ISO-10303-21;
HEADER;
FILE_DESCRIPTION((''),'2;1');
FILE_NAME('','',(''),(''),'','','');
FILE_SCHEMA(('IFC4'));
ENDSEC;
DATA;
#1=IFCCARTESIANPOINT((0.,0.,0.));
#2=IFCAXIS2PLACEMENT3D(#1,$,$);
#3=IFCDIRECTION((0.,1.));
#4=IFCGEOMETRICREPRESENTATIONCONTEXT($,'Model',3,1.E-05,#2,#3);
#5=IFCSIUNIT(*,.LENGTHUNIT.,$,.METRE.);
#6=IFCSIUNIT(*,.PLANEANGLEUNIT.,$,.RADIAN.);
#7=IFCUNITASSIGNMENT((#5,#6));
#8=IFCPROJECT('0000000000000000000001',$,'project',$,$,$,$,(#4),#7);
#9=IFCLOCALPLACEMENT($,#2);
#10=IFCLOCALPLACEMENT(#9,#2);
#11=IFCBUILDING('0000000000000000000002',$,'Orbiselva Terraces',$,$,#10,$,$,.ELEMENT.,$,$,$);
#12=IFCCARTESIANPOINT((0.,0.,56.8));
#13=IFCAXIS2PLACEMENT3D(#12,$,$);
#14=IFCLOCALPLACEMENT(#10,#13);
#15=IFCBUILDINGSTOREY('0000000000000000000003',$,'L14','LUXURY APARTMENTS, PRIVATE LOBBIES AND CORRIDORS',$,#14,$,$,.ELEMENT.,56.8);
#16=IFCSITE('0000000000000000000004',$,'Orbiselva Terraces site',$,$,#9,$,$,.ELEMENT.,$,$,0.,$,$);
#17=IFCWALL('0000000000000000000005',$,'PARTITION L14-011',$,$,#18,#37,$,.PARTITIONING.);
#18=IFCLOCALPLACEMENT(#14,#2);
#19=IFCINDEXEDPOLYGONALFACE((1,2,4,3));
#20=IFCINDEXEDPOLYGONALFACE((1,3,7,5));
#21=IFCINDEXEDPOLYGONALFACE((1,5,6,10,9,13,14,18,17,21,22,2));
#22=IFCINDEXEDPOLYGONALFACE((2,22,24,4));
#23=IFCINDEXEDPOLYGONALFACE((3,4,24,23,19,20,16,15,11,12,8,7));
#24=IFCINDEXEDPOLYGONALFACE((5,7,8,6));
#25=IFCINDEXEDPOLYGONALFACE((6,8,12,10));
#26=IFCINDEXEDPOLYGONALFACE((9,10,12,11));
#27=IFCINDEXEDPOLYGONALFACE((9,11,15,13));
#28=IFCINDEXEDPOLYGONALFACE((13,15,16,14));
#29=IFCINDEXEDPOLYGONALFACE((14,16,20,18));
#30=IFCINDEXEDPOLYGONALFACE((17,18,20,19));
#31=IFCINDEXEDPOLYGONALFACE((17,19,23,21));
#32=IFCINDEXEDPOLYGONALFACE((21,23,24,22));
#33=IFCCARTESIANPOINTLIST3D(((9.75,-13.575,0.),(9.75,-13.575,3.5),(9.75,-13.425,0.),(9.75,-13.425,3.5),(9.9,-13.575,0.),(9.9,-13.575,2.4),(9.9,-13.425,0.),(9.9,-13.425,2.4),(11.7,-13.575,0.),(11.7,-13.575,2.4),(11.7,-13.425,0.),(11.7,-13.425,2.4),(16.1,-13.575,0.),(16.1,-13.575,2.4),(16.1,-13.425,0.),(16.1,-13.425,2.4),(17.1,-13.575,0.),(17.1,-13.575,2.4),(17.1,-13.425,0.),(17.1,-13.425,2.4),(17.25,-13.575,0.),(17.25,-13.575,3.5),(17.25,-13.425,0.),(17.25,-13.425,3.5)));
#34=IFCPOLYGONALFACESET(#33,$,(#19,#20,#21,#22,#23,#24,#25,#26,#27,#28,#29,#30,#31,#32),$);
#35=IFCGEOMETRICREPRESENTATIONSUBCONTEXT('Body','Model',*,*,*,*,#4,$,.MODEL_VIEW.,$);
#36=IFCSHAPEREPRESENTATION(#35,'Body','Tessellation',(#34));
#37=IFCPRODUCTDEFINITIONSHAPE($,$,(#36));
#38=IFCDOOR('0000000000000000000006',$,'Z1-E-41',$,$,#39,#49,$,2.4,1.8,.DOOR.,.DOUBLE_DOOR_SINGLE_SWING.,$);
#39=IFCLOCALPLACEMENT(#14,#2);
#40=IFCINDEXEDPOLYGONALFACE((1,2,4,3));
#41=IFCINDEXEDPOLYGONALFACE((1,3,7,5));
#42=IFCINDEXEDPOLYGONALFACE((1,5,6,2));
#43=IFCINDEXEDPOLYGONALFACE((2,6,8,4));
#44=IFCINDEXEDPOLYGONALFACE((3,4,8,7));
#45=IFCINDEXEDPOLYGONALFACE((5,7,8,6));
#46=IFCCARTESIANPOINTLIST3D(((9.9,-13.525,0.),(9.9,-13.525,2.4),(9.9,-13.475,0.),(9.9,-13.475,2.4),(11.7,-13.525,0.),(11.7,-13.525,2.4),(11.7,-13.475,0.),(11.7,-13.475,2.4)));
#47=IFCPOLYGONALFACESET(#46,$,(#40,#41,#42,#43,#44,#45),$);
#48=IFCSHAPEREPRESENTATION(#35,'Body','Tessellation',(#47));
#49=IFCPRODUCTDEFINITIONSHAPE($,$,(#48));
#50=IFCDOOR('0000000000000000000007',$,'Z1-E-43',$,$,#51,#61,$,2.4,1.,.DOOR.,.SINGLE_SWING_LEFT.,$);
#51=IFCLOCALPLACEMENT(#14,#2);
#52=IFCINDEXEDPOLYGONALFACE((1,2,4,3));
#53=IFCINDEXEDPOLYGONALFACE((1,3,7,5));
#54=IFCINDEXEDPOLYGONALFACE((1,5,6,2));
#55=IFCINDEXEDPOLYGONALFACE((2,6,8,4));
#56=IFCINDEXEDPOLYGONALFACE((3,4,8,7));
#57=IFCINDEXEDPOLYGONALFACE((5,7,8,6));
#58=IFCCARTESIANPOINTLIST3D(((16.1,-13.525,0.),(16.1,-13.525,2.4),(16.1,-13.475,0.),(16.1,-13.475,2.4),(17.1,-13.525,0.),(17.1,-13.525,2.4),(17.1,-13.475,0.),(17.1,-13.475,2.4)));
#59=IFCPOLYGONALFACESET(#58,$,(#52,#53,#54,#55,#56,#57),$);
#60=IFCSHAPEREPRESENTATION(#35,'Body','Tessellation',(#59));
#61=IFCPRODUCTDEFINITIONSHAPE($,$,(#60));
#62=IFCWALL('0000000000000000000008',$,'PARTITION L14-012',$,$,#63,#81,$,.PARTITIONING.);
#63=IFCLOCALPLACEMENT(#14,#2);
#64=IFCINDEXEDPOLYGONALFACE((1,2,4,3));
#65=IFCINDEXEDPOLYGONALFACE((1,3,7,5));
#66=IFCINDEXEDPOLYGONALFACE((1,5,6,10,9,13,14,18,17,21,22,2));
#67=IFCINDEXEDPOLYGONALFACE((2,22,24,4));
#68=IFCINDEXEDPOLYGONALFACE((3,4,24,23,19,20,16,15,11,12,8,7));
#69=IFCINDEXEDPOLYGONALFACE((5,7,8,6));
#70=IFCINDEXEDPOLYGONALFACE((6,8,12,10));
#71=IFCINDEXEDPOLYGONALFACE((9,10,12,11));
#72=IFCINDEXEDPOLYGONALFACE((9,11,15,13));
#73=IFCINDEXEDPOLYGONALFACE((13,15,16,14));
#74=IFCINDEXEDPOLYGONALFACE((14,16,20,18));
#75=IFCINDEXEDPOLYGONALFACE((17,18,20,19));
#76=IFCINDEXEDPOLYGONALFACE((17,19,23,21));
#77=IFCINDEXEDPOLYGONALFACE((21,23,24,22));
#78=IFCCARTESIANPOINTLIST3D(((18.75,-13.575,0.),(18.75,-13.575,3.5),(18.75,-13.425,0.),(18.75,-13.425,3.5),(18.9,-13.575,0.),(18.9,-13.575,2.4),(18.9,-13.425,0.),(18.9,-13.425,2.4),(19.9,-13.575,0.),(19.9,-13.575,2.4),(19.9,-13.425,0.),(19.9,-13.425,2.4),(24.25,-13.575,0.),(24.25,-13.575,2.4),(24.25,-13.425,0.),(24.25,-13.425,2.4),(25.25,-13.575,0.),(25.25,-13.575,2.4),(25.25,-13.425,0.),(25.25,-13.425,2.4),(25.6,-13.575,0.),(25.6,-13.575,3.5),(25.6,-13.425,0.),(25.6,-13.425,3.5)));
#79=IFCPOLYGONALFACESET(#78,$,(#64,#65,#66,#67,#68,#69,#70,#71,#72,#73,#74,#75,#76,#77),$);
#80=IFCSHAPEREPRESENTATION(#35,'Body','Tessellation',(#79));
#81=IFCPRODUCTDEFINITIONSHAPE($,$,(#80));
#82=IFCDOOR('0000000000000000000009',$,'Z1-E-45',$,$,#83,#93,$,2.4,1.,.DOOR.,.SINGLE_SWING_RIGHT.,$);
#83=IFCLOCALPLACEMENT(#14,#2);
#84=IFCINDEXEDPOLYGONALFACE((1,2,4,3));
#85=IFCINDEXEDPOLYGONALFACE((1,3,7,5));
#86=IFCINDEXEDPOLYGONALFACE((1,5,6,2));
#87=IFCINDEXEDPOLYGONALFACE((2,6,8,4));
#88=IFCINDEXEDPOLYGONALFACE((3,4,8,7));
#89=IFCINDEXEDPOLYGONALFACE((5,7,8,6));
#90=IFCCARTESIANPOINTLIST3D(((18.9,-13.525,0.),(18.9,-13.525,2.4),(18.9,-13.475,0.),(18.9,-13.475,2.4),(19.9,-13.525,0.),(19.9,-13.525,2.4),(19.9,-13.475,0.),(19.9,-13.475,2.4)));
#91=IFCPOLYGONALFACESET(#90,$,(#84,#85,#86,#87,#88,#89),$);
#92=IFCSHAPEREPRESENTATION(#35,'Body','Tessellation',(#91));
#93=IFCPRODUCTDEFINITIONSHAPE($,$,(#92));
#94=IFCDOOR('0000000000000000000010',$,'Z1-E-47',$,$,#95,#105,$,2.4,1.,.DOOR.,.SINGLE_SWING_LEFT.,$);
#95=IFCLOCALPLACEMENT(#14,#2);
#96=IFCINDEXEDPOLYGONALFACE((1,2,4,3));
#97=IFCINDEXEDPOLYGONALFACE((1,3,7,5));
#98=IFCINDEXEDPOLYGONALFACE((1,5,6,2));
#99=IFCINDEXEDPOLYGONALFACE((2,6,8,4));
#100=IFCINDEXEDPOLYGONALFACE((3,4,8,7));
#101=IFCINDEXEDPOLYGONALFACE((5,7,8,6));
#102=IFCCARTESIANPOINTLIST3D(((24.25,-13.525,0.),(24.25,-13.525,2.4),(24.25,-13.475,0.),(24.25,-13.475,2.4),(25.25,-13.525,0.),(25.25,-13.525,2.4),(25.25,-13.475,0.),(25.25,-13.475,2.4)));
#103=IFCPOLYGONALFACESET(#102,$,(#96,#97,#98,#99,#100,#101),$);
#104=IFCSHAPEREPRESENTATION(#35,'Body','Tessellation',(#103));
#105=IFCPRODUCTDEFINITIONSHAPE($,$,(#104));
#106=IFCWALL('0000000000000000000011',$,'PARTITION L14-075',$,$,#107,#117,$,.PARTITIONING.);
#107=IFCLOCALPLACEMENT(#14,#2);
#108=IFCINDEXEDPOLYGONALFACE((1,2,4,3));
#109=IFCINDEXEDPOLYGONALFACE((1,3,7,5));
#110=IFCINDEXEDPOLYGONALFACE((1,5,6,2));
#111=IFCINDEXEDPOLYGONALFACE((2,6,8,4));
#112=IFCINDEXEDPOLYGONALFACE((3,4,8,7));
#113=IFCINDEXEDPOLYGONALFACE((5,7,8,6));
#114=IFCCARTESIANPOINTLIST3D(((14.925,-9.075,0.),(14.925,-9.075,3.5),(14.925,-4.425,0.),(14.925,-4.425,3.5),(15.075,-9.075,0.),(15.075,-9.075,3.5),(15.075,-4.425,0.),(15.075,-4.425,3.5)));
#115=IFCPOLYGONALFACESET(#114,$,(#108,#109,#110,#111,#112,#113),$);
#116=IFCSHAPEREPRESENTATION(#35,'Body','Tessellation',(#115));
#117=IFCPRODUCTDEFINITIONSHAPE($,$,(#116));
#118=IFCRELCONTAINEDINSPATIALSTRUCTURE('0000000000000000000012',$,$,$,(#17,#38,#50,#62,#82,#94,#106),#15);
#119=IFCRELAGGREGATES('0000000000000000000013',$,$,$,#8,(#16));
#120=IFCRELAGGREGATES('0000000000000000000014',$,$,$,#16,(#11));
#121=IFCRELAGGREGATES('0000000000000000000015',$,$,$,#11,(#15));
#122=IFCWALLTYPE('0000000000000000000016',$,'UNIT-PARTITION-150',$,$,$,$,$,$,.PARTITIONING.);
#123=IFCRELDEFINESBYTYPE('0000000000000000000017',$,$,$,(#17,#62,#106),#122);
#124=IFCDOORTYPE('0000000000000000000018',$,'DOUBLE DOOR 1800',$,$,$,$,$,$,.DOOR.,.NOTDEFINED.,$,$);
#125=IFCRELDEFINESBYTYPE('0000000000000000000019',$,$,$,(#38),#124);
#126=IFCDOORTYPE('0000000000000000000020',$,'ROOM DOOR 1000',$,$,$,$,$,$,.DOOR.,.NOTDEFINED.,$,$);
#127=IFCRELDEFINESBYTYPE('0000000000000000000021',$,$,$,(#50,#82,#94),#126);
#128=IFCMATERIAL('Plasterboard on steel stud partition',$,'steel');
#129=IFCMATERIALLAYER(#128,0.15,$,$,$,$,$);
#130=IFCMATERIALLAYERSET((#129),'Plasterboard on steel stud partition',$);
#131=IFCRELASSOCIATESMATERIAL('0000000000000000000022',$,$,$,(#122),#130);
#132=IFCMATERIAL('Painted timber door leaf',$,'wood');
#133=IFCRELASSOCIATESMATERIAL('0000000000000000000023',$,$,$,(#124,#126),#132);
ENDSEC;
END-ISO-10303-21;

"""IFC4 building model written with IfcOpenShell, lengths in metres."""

from ifc_helpers import new_model, si_unit, direction, frame, frame_2d, origin, place, context, subcontext, project, spatial, rectangle, extrude, material, layer, layer_set, type_object, element, fill, save


model = new_model("IFC4")

# Units and contexts
model_context = context("Model", 3, precision=1e-05, world=origin(), true_north=direction((0.0, 1.0)))
body_context = subcontext(model_context, "Body", "Model", "MODEL_VIEW")
ifc_project = project(units=[si_unit("LENGTHUNIT", "METRE"), si_unit("PLANEANGLEUNIT", "RADIAN")], contexts=[model_context])

# Site, building, storey
site_placement = place(None, origin())
site = spatial("IfcSite", under=ifc_project, at=site_placement, Name="Orbiselva Terraces site", CompositionType="ELEMENT", RefElevation=0.0)
building_placement = place(site_placement, origin())
building = spatial("IfcBuilding", under=site, at=building_placement, Name="Orbiselva Terraces", CompositionType="ELEMENT")
storey_placement = place(building_placement, frame((0.0, 0.0, 56.8)))
storey = spatial("IfcBuildingStorey", under=building, at=storey_placement, Name="L14", Description="LUXURY APARTMENTS, PRIVATE LOBBIES AND CORRIDORS", CompositionType="ELEMENT", Elevation=56.8)

# Shared definitions
ifc_material_1 = material(Name="Plasterboard on steel stud partition", Category="steel")
ifc_layer_1 = layer(ifc_material_1, 0.15)
ifc_layer_set_1 = layer_set([ifc_layer_1], Name="Plasterboard on steel stud partition")
wall_type_1 = type_object("IfcWallType", Name="UNIT-PARTITION-150", PredefinedType="PARTITIONING", material=ifc_layer_set_1)
ifc_material_2 = material(Name="Painted timber door leaf", Category="wood")

# Walls, openings, doors
wall_1_placement = place(storey_placement, frame((17.25, -13.5, 0.0), z_axis=(0.0, 0.0, 1.0), x_axis=(-1.0, 0.0, 0.0)))
wall_1 = element("IfcWall", 1, at=wall_1_placement, inside=storey, type_object=wall_type_1, Name="PARTITION L14-011", PredefinedType="PARTITIONING", context=body_context, shape_type="SweptSolid", body=[
    extrude(rectangle(XDim=7.5, YDim=0.15, at=frame_2d((3.75, 0.0))), origin(), (0.0, 0.0, 1.0), 3.5),
])
opening_1_placement = place(wall_1_placement, frame((5.55, 0.0, 0.0)))
opening_1 = element("IfcOpeningElement", 2, at=opening_1_placement, cuts=wall_1, PredefinedType="OPENING", context=body_context, shape_type="SweptSolid", body=[
    extrude(rectangle(XDim=1.8, YDim=2.4, at=frame_2d((0.9, 1.2))), frame((0.0, 0.085, 0.0), z_axis=(0.0, -1.0, 0.0), x_axis=(1.0, 0.0, 0.0)), (0.0, 0.0, 1.0), 0.17),
])
opening_2_placement = place(wall_1_placement, frame((0.15, 0.0, 0.0)))
opening_2 = element("IfcOpeningElement", 3, at=opening_2_placement, cuts=wall_1, PredefinedType="OPENING", context=body_context, shape_type="SweptSolid", body=[
    extrude(rectangle(XDim=1.0, YDim=2.4, at=frame_2d((0.5, 1.2))), frame((0.0, 0.085, 0.0), z_axis=(0.0, -1.0, 0.0), x_axis=(1.0, 0.0, 0.0)), (0.0, 0.0, 1.0), 0.17),
])
door_type_1 = type_object("IfcDoorType", Name="DOUBLE DOOR 1800", OperationType="NOTDEFINED", PredefinedType="DOOR", material=ifc_material_2)
door_1_placement = place(opening_1_placement, origin())
door_1 = element("IfcDoor", 4, at=door_1_placement, inside=storey, type_object=door_type_1, Name="Z1-E-41", OperationType="DOUBLE_DOOR_SINGLE_SWING", OverallHeight=2.4, OverallWidth=1.8, PredefinedType="DOOR", context=body_context, shape_type="SweptSolid", body=[
    extrude(rectangle(XDim=1.8, YDim=2.4, at=frame_2d((0.9, 1.2))), frame((0.0, 0.025, 0.0), z_axis=(0.0, -1.0, 0.0), x_axis=(1.0, 0.0, 0.0)), (0.0, 0.0, 1.0), 0.05),
])
fill(opening_1, door_1)
door_type_2 = type_object("IfcDoorType", Name="ROOM DOOR 1000", OperationType="NOTDEFINED", PredefinedType="DOOR", material=ifc_material_2)
door_2_placement = place(opening_2_placement, origin())
door_2 = element("IfcDoor", 5, at=door_2_placement, inside=storey, type_object=door_type_2, Name="Z1-E-43", OperationType="SINGLE_SWING_LEFT", OverallHeight=2.4, OverallWidth=1.0, PredefinedType="DOOR", context=body_context, shape_type="SweptSolid", body=[
    extrude(rectangle(XDim=1.0, YDim=2.4, at=frame_2d((0.5, 1.2))), frame((0.0, 0.025, 0.0), z_axis=(0.0, -1.0, 0.0), x_axis=(1.0, 0.0, 0.0)), (0.0, 0.0, 1.0), 0.05),
])
fill(opening_2, door_2)
wall_2_placement = place(storey_placement, frame((25.6, -13.5, 0.0), z_axis=(0.0, 0.0, 1.0), x_axis=(-1.0, 0.0, 0.0)))
wall_2 = element("IfcWall", 6, at=wall_2_placement, inside=storey, type_object=wall_type_1, Name="PARTITION L14-012", PredefinedType="PARTITIONING", context=body_context, shape_type="SweptSolid", body=[
    extrude(rectangle(XDim=6.85, YDim=0.15, at=frame_2d((3.425, 0.0))), origin(), (0.0, 0.0, 1.0), 3.5),
])
opening_3_placement = place(wall_2_placement, frame((5.7, 0.0, 0.0)))
opening_3 = element("IfcOpeningElement", 7, at=opening_3_placement, cuts=wall_2, PredefinedType="OPENING", context=body_context, shape_type="SweptSolid", body=[
    extrude(rectangle(XDim=1.0, YDim=2.4, at=frame_2d((0.5, 1.2))), frame((0.0, 0.085, 0.0), z_axis=(0.0, -1.0, 0.0), x_axis=(1.0, 0.0, 0.0)), (0.0, 0.0, 1.0), 0.17),
])
opening_4_placement = place(wall_2_placement, frame((0.35, 0.0, 0.0)))
opening_4 = element("IfcOpeningElement", 8, at=opening_4_placement, cuts=wall_2, PredefinedType="OPENING", context=body_context, shape_type="SweptSolid", body=[
    extrude(rectangle(XDim=1.0, YDim=2.4, at=frame_2d((0.5, 1.2))), frame((0.0, 0.085, 0.0), z_axis=(0.0, -1.0, 0.0), x_axis=(1.0, 0.0, 0.0)), (0.0, 0.0, 1.0), 0.17),
])
door_3_placement = place(opening_3_placement, origin())
door_3 = element("IfcDoor", 9, at=door_3_placement, inside=storey, type_object=door_type_2, Name="Z1-E-45", OperationType="SINGLE_SWING_RIGHT", OverallHeight=2.4, OverallWidth=1.0, PredefinedType="DOOR", context=body_context, shape_type="SweptSolid", body=[
    extrude(rectangle(XDim=1.0, YDim=2.4, at=frame_2d((0.5, 1.2))), frame((0.0, 0.025, 0.0), z_axis=(0.0, -1.0, 0.0), x_axis=(1.0, 0.0, 0.0)), (0.0, 0.0, 1.0), 0.05),
])
fill(opening_3, door_3)
door_4_placement = place(opening_4_placement, origin())
door_4 = element("IfcDoor", 10, at=door_4_placement, inside=storey, type_object=door_type_2, Name="Z1-E-47", OperationType="SINGLE_SWING_LEFT", OverallHeight=2.4, OverallWidth=1.0, PredefinedType="DOOR", context=body_context, shape_type="SweptSolid", body=[
    extrude(rectangle(XDim=1.0, YDim=2.4, at=frame_2d((0.5, 1.2))), frame((0.0, 0.025, 0.0), z_axis=(0.0, -1.0, 0.0), x_axis=(1.0, 0.0, 0.0)), (0.0, 0.0, 1.0), 0.05),
])
fill(opening_4, door_4)

# Wall
wall_3_placement = place(storey_placement, frame((15.0, -9.075, 0.0), z_axis=(0.0, 0.0, 1.0), x_axis=(0.0, 1.0, 0.0)))
element("IfcWall", 11, at=wall_3_placement, inside=storey, type_object=wall_type_1, Name="PARTITION L14-075", PredefinedType="PARTITIONING", context=body_context, shape_type="SweptSolid", body=[
    extrude(rectangle(XDim=4.65, YDim=0.15, at=frame_2d((2.325, 0.0))), origin(), (0.0, 0.0, 1.0), 3.5),
])

save(model, "model.ifc")
